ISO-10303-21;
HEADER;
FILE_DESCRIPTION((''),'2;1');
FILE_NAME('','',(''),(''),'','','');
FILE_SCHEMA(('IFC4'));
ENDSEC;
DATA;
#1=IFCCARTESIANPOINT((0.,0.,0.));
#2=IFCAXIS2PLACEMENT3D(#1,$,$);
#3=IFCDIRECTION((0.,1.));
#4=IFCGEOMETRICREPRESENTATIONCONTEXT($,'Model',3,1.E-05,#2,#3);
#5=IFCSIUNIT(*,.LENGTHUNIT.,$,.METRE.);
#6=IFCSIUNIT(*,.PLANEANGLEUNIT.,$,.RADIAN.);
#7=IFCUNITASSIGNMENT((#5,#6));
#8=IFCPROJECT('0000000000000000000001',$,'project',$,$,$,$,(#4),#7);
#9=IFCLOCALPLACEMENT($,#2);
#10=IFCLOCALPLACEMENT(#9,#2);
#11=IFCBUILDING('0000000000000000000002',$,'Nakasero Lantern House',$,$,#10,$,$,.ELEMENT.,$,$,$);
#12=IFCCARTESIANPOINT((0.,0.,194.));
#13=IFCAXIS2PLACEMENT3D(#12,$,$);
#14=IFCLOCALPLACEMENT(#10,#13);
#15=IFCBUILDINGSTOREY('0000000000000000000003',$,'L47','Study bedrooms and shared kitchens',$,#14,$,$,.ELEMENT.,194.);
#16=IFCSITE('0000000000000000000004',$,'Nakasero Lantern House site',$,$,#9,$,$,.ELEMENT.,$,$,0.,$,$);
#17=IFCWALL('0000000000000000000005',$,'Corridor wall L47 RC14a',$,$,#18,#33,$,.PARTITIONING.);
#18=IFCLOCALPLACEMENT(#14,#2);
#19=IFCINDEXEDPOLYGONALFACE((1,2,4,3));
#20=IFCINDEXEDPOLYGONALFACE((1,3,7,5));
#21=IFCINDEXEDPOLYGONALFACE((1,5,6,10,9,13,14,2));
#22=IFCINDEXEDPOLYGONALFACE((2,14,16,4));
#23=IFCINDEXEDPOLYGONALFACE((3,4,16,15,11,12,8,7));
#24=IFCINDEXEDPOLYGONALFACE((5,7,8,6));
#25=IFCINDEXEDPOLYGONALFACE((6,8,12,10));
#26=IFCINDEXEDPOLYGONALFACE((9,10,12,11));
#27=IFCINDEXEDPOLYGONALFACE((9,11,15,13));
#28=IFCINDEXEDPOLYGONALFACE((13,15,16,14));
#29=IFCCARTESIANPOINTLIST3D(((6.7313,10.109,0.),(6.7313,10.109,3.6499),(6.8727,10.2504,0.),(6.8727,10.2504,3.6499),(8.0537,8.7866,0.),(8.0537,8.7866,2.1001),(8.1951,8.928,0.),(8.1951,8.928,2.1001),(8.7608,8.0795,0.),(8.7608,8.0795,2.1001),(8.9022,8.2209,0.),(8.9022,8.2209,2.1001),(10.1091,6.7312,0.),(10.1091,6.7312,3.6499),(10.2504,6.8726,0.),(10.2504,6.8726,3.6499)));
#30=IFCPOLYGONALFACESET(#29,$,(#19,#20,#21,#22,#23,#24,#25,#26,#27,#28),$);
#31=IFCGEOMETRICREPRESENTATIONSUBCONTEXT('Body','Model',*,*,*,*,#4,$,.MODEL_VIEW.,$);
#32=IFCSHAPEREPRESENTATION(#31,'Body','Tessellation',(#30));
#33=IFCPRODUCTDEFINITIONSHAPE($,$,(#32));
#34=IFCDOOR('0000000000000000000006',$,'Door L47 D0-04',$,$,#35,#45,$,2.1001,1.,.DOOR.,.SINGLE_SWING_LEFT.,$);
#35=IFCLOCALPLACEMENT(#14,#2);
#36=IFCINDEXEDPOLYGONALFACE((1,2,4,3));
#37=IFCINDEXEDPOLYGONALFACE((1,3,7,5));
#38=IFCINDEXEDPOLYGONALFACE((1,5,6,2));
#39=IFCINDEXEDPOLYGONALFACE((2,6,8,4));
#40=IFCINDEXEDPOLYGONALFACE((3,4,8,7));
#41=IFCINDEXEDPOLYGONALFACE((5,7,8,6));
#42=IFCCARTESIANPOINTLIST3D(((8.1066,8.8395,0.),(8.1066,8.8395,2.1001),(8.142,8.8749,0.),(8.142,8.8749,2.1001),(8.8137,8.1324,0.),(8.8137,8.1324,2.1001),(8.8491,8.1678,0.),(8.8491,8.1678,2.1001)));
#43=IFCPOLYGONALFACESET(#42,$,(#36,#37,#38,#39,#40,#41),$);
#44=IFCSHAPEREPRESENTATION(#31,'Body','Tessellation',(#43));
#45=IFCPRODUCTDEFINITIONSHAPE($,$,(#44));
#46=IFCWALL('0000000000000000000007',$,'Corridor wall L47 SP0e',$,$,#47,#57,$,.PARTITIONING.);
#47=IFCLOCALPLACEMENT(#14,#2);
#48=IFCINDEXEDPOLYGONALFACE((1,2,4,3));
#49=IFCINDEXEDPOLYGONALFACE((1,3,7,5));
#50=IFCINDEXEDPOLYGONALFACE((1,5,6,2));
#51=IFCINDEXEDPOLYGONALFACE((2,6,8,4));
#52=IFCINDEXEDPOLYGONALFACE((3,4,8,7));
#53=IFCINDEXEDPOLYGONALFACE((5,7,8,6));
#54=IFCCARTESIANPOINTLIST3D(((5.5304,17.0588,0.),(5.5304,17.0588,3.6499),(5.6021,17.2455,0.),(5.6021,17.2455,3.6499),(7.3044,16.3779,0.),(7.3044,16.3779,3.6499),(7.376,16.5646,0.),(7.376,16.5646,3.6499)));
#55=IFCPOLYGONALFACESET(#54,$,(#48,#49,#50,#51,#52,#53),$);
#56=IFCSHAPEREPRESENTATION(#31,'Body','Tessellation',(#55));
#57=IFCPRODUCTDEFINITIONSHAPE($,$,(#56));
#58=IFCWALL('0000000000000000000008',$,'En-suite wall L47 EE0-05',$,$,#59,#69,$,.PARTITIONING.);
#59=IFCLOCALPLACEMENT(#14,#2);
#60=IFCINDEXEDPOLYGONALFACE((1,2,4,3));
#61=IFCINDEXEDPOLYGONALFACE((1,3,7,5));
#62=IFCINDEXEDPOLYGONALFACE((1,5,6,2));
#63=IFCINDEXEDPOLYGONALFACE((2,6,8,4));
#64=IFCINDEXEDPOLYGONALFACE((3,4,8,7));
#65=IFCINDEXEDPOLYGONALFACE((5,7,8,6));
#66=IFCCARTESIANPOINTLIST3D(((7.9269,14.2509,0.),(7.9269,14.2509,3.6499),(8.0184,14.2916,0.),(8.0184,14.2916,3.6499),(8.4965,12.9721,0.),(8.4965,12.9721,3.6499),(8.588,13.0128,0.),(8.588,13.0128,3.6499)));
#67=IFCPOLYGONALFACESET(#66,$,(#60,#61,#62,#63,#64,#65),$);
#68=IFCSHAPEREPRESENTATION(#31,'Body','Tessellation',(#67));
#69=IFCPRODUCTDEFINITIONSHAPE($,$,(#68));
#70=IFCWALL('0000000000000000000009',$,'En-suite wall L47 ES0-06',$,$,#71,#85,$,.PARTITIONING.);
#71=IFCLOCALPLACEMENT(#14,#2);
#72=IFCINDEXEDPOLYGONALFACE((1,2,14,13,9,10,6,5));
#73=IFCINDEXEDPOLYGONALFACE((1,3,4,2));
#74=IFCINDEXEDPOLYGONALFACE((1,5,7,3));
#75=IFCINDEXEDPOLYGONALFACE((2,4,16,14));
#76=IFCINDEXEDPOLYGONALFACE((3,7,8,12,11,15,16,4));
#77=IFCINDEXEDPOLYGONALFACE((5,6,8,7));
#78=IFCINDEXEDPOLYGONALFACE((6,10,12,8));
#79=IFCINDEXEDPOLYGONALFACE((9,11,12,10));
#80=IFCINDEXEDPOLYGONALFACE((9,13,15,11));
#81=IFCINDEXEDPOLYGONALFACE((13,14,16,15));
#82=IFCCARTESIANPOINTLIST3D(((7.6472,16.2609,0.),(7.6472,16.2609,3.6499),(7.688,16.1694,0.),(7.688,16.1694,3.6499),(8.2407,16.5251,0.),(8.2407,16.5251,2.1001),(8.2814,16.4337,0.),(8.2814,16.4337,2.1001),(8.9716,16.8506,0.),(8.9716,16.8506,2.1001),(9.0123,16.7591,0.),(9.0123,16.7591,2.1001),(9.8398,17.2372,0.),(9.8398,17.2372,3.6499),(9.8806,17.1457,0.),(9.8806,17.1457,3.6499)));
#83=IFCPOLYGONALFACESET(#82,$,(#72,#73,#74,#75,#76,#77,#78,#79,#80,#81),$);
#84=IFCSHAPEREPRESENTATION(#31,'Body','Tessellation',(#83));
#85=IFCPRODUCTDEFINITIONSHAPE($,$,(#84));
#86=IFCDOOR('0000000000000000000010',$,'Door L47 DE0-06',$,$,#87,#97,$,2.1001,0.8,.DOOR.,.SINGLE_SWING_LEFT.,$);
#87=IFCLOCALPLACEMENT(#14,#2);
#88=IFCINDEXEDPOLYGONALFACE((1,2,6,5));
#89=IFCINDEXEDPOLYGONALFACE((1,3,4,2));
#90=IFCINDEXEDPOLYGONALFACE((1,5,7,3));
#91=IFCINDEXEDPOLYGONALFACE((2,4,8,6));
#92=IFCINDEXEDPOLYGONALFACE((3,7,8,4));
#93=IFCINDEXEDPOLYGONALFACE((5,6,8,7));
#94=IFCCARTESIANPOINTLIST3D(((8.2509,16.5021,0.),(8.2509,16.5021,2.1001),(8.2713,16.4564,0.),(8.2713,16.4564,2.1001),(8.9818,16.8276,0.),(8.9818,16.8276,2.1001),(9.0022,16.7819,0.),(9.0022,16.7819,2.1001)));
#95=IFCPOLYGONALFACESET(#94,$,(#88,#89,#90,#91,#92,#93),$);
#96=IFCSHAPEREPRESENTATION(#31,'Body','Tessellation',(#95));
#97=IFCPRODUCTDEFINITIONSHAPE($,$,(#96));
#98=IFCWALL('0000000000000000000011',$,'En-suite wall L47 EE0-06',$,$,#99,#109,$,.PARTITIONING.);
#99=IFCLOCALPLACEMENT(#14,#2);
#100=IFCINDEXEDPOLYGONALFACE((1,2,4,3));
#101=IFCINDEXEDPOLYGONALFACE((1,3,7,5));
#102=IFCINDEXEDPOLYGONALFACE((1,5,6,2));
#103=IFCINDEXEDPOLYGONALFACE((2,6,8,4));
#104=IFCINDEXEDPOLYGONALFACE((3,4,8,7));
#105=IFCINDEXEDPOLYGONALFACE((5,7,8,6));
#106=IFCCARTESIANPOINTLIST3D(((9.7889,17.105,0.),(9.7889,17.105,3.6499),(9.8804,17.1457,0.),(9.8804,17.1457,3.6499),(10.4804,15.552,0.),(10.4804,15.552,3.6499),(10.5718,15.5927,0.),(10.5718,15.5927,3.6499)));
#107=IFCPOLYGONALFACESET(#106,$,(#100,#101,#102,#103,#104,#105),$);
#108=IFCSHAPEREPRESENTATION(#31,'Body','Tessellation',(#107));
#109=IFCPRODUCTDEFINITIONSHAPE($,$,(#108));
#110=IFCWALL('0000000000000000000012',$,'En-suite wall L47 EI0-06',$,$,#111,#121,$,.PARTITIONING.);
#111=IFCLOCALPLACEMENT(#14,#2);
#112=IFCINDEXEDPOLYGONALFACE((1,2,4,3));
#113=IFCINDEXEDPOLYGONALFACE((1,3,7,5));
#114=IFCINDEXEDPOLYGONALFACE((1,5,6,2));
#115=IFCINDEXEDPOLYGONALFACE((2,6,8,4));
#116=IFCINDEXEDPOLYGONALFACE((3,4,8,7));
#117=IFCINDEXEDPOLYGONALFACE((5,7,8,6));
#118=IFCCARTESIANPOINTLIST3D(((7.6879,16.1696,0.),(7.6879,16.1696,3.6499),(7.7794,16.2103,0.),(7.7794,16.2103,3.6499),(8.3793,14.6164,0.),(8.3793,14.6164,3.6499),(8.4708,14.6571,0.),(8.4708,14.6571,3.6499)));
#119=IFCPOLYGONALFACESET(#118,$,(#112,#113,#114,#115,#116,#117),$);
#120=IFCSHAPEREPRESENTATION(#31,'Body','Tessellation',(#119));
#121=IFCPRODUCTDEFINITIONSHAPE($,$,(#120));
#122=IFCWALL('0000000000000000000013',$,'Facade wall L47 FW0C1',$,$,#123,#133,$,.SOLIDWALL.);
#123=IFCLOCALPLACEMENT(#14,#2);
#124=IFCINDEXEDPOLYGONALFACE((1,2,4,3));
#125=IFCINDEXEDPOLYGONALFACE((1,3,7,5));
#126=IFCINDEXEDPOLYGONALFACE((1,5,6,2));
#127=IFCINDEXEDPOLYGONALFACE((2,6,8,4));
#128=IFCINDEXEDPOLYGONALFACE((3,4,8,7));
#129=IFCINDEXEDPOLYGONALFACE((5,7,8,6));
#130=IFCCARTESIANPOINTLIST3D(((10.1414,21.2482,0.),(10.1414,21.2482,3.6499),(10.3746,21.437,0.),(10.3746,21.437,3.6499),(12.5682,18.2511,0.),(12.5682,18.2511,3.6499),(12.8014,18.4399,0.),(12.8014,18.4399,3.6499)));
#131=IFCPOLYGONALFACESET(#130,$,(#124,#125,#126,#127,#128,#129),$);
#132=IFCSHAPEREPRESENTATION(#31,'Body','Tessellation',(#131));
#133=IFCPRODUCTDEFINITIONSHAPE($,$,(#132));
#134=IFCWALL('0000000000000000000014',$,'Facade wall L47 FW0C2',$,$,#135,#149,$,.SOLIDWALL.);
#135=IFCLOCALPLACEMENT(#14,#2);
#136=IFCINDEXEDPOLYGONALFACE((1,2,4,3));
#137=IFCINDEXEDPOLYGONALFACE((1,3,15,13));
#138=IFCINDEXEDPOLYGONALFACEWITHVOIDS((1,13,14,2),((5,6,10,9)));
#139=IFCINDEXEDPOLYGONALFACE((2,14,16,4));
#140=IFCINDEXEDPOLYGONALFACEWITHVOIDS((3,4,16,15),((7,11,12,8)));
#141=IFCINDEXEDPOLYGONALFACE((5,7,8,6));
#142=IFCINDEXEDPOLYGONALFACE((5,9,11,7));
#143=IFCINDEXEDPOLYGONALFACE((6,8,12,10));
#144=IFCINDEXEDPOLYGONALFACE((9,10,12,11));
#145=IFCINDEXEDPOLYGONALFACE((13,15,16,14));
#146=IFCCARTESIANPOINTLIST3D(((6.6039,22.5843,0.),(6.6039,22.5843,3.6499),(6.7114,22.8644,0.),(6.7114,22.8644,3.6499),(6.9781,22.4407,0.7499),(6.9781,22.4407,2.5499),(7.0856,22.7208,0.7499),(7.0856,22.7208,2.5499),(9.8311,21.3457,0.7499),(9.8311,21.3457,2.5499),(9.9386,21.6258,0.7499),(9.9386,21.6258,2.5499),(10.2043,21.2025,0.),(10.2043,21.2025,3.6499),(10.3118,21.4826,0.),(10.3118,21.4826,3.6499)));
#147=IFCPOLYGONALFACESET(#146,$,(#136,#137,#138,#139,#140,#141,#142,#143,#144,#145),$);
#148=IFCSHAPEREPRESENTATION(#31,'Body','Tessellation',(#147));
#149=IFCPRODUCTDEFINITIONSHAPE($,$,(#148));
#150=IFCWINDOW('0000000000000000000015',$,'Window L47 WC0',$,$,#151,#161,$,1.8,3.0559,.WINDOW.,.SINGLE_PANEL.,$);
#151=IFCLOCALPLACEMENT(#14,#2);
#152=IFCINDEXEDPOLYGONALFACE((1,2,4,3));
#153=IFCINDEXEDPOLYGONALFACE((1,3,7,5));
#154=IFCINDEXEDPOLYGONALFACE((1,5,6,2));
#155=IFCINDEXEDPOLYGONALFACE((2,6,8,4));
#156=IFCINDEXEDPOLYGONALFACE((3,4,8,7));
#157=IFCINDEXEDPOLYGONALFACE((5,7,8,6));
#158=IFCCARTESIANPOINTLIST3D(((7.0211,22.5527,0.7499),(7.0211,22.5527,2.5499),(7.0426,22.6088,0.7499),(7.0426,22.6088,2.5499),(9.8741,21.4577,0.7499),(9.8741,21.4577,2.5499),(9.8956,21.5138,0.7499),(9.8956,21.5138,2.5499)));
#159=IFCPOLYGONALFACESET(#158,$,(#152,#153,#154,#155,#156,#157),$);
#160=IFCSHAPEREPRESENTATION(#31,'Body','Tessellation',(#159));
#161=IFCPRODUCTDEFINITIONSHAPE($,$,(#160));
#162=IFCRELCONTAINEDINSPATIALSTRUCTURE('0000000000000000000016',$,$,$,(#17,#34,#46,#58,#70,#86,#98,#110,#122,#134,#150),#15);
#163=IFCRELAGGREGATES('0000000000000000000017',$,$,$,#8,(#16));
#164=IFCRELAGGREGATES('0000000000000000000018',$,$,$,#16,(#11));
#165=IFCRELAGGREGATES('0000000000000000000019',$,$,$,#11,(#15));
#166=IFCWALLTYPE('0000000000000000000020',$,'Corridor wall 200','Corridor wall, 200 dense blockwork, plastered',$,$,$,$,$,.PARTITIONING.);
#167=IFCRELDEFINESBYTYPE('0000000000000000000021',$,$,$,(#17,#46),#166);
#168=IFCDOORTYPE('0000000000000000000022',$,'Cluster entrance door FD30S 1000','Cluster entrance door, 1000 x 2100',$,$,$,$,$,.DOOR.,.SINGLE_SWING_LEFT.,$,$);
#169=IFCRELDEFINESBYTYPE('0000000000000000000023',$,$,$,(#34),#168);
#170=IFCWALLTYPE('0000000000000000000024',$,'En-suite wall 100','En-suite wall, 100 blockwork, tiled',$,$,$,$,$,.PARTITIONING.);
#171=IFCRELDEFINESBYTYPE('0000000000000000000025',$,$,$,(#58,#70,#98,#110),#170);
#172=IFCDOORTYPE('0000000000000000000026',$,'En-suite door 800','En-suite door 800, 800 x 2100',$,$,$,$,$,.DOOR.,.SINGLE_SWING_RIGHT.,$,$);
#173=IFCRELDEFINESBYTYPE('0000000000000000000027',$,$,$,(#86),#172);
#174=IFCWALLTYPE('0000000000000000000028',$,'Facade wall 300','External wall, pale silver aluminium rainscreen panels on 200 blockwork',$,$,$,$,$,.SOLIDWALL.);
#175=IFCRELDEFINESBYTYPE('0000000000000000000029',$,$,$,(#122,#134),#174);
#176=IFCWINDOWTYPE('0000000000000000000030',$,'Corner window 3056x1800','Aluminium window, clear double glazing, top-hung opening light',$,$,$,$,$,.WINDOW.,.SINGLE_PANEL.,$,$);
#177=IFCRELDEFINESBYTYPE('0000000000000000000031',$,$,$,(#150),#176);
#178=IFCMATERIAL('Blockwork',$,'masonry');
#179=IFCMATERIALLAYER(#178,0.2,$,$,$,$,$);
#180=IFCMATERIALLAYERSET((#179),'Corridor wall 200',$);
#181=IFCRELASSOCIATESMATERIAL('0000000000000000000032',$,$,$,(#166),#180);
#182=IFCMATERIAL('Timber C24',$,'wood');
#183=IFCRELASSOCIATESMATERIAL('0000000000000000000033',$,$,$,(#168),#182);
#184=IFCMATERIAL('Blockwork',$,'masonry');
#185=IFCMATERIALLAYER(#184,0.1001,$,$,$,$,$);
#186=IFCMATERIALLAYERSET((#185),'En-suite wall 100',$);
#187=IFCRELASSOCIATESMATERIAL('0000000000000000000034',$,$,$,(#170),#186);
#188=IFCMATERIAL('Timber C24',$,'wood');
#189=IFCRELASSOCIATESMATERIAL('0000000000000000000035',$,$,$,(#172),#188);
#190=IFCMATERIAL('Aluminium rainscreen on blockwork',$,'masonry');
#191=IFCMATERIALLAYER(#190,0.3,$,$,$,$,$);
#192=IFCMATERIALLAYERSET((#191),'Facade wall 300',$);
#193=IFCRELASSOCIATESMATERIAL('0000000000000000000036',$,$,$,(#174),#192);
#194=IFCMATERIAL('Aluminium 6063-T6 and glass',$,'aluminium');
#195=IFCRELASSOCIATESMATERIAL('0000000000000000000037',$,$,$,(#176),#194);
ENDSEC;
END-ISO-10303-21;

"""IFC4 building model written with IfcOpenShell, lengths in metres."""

from ifc_helpers import new_model, si_unit, direction, frame, frame_2d, origin, place, context, subcontext, project, spatial, rectangle, extrude, material, layer, layer_set, type_object, element, fill, save


model = new_model("IFC4")

# Units and contexts
model_context = context("Model", 3, precision=1e-05, world=origin(), true_north=direction((0.0, 1.0)))
body_context = subcontext(model_context, "Body", "Model", "MODEL_VIEW")
ifc_project = project(units=[si_unit("LENGTHUNIT", "METRE"), si_unit("PLANEANGLEUNIT", "RADIAN")], contexts=[model_context])

# Site, building, storey
site_placement = place(None, origin())
site = spatial("IfcSite", under=ifc_project, at=site_placement, Name="Nakasero Lantern House site", CompositionType="ELEMENT", RefElevation=0.0)
building_placement = place(site_placement, origin())
building = spatial("IfcBuilding", under=site, at=building_placement, Name="Nakasero Lantern House", CompositionType="ELEMENT")
storey_placement = place(building_placement, frame((0.0, 0.0, 194.0)))
storey = spatial("IfcBuildingStorey", under=building, at=storey_placement, Name="L47", Description="Study bedrooms and shared kitchens", CompositionType="ELEMENT", Elevation=194.0)

# Wall, opening, door
ifc_material_1 = material(Name="Blockwork", Category="masonry")
ifc_layer_1 = layer(ifc_material_1, 0.2)
ifc_layer_set_1 = layer_set([ifc_layer_1], Name="Corridor wall 200")
wall_type_1 = type_object("IfcWallType", Name="Corridor wall 200", Description="Corridor wall, 200 dense blockwork, plastered", PredefinedType="PARTITIONING", material=ifc_layer_set_1)
wall_1_placement = place(storey_placement, frame((6.802, 10.1797, 0.0), z_axis=(0.0, 0.0, 1.0), x_axis=(0.707107, -0.707107, 0.0)))
wall_1 = element("IfcWall", 1, at=wall_1_placement, inside=storey, type_object=wall_type_1, Name="Corridor wall L47 RC14a", PredefinedType="PARTITIONING", context=body_context, shape_type="SweptSolid", body=[
    extrude(rectangle(XDim=4.7769, YDim=0.2, at=frame_2d((2.3884, 0.0))), origin(), (0.0, 0.0, 1.0), 3.6499),
])
opening_1_placement = place(wall_1_placement, frame((1.8701, 0.0, 0.0)))
opening_1 = element("IfcOpeningElement", 2, at=opening_1_placement, cuts=wall_1, PredefinedType="OPENING", context=body_context, shape_type="SweptSolid", body=[
    extrude(rectangle(XDim=1.0, YDim=2.1001, at=frame_2d((0.5, 1.05))), frame((0.0, 0.1199, 0.0), z_axis=(0.0, -1.0, 0.0), x_axis=(1.0, 0.0, 0.0)), (0.0, 0.0, 1.0), 0.24),
])
ifc_material_2 = material(Name="Timber C24", Category="wood")
door_type_1 = type_object("IfcDoorType", Name="Cluster entrance door FD30S 1000", Description="Cluster entrance door, 1000 x 2100", OperationType="SINGLE_SWING_LEFT", PredefinedType="DOOR", material=ifc_material_2)
door_1_placement = place(opening_1_placement, origin())
door_1 = element("IfcDoor", 3, at=door_1_placement, inside=storey, type_object=door_type_1, Name="Door L47 D0-04", OperationType="SINGLE_SWING_LEFT", OverallHeight=2.1001, OverallWidth=1.0, PredefinedType="DOOR", context=body_context, shape_type="SweptSolid", body=[
    extrude(rectangle(XDim=1.0, YDim=2.1001, at=frame_2d((0.5, 1.05))), frame((0.0, 0.0249, 0.0), z_axis=(0.0, -1.0, 0.0), x_axis=(1.0, 0.0, 0.0)), (0.0, 0.0, 1.0), 0.05),
])
fill(opening_1, door_1)

# Walls
wall_2_placement = place(storey_placement, frame((7.3403, 16.4712, 0.0), z_axis=(0.0, 0.0, 1.0), x_axis=(-0.933587, 0.35835, 0.0)))
element("IfcWall", 4, at=wall_2_placement, inside=storey, type_object=wall_type_1, Name="Corridor wall L47 SP0e", PredefinedType="PARTITIONING", context=body_context, shape_type="SweptSolid", body=[
    extrude(rectangle(XDim=1.9001, YDim=0.2, at=frame_2d((0.9502, 0.0))), origin(), (0.0, 0.0, 1.0), 3.6499),
])
ifc_material_3 = material(Name="Blockwork", Category="masonry")
ifc_layer_2 = layer(ifc_material_3, 0.1001)
ifc_layer_set_2 = layer_set([ifc_layer_2], Name="En-suite wall 100")
wall_type_2 = type_object("IfcWallType", Name="En-suite wall 100", Description="En-suite wall, 100 blockwork, tiled", PredefinedType="PARTITIONING", material=ifc_layer_set_2)
wall_3_placement = place(storey_placement, frame((8.5422, 12.9924, 0.0), z_axis=(0.0, 0.0, 1.0), x_axis=(-0.406866, 0.913488, 0.0)))
element("IfcWall", 5, at=wall_3_placement, inside=storey, type_object=wall_type_2, Name="En-suite wall L47 EE0-05", PredefinedType="PARTITIONING", context=body_context, shape_type="SweptSolid", body=[
    extrude(rectangle(XDim=1.3999, YDim=0.1001, at=frame_2d((0.7, 0.0))), origin(), (0.0, 0.0, 1.0), 3.6499),
])

# Wall, opening, door
wall_4_placement = place(storey_placement, frame((7.6675, 16.2151, 0.0), z_axis=(0.0, 0.0, 1.0), x_axis=(0.91353, 0.406771, 0.0)))
wall_4 = element("IfcWall", 6, at=wall_4_placement, inside=storey, type_object=wall_type_2, Name="En-suite wall L47 ES0-06", PredefinedType="PARTITIONING", context=body_context, shape_type="SweptSolid", body=[
    extrude(rectangle(XDim=2.4001, YDim=0.1001, at=frame_2d((1.2002, 0.0))), origin(), (0.0, 0.0, 1.0), 3.6499),
])
opening_2_placement = place(wall_4_placement, frame((0.6499, 0.0, 0.0)))
opening_2 = element("IfcOpeningElement", 7, at=opening_2_placement, cuts=wall_4, PredefinedType="OPENING", context=body_context, shape_type="SweptSolid", body=[
    extrude(rectangle(XDim=0.8, YDim=2.1001, at=frame_2d((0.3999, 1.05))), frame((0.0, 0.0701, 0.0), z_axis=(0.0, -1.0, 0.0), x_axis=(1.0, 0.0, 0.0)), (0.0, 0.0, 1.0), 0.1401),
])
ifc_material_4 = material(Name="Timber C24", Category="wood")
door_type_2 = type_object("IfcDoorType", Name="En-suite door 800", Description="En-suite door 800, 800 x 2100", OperationType="SINGLE_SWING_RIGHT", PredefinedType="DOOR", material=ifc_material_4)
door_2_placement = place(opening_2_placement, origin())
door_2 = element("IfcDoor", 8, at=door_2_placement, inside=storey, type_object=door_type_2, Name="Door L47 DE0-06", OperationType="SINGLE_SWING_LEFT", OverallHeight=2.1001, OverallWidth=0.8, PredefinedType="DOOR", context=body_context, shape_type="SweptSolid", body=[
    extrude(rectangle(XDim=0.8, YDim=2.1001, at=frame_2d((0.3999, 1.05))), frame((0.0, 0.0249, 0.0), z_axis=(0.0, -1.0, 0.0), x_axis=(1.0, 0.0, 0.0)), (0.0, 0.0, 1.0), 0.05),
])
fill(opening_2, door_2)

# Walls
wall_5_placement = place(storey_placement, frame((10.5261, 15.5723, 0.0), z_axis=(0.0, 0.0, 1.0), x_axis=(-0.406725, 0.913551, 0.0)))
element("IfcWall", 9, at=wall_5_placement, inside=storey, type_object=wall_type_2, Name="En-suite wall L47 EE0-06", PredefinedType="PARTITIONING", context=body_context, shape_type="SweptSolid", body=[
    extrude(rectangle(XDim=1.7, YDim=0.1001, at=frame_2d((0.8501, 0.0))), origin(), (0.0, 0.0, 1.0), 3.6499),
])
wall_6_placement = place(storey_placement, frame((8.425, 14.6367, 0.0), z_axis=(0.0, 0.0, 1.0), x_axis=(-0.406671, 0.913575, 0.0)))
element("IfcWall", 10, at=wall_6_placement, inside=storey, type_object=wall_type_2, Name="En-suite wall L47 EI0-06", PredefinedType="PARTITIONING", context=body_context, shape_type="SweptSolid", body=[
    extrude(rectangle(XDim=1.7002, YDim=0.1001, at=frame_2d((0.8501, 0.0))), origin(), (0.0, 0.0, 1.0), 3.6499),
])
ifc_material_5 = material(Name="Aluminium rainscreen on blockwork", Category="masonry")
ifc_layer_3 = layer(ifc_material_5, 0.3)
ifc_layer_set_3 = layer_set([ifc_layer_3], Name="Facade wall 300")
wall_type_3 = type_object("IfcWallType", Name="Facade wall 300", Description="External wall, pale silver aluminium rainscreen panels on 200 blockwork", PredefinedType="SOLIDWALL", material=ifc_layer_set_3)
wall_7_placement = place(storey_placement, frame((12.6848, 18.3455, 0.0), z_axis=(0.0, 0.0, 1.0), x_axis=(-0.629286, 0.777174, 0.0)))
element("IfcWall", 11, at=wall_7_placement, inside=storey, type_object=wall_type_3, Name="Facade wall L47 FW0C1", PredefinedType="SOLIDWALL", context=body_context, shape_type="SweptSolid", body=[
    extrude(rectangle(XDim=3.8564, YDim=0.3, at=frame_2d((1.9282, 0.0))), origin(), (0.0, 0.0, 1.0), 3.6499),
])

# Wall, opening, window
wall_8_placement = place(storey_placement, frame((10.2581, 21.3425, 0.0), z_axis=(0.0, 0.0, 1.0), x_axis=(-0.933598, 0.358321, 0.0)))
wall_8 = element("IfcWall", 12, at=wall_8_placement, inside=storey, type_object=wall_type_3, Name="Facade wall L47 FW0C2", PredefinedType="SOLIDWALL", context=body_context, shape_type="SweptSolid", body=[
    extrude(rectangle(XDim=3.8564, YDim=0.3, at=frame_2d((1.9282, 0.0))), origin(), (0.0, 0.0, 1.0), 3.6499),
])
opening_3_placement = place(wall_8_placement, frame((0.3999, 0.0, 0.75)))
opening_3 = element("IfcOpeningElement", 13, at=opening_3_placement, cuts=wall_8, PredefinedType="OPENING", context=body_context, shape_type="SweptSolid", body=[
    extrude(rectangle(XDim=3.0559, YDim=1.8, at=frame_2d((1.5278, 0.8999))), frame((0.0, 0.1699, 0.0), z_axis=(0.0, -1.0, 0.0), x_axis=(1.0, 0.0, 0.0)), (0.0, 0.0, 1.0), 0.3401),
])
ifc_material_6 = material(Name="Aluminium 6063-T6 and glass", Category="aluminium")
window_type = type_object("IfcWindowType", Name="Corner window 3056x1800", Description="Aluminium window, clear double glazing, top-hung opening light", PartitioningType="SINGLE_PANEL", PredefinedType="WINDOW", material=ifc_material_6)
window_placement = place(opening_3_placement, origin())
window = element("IfcWindow", 14, at=window_placement, inside=storey, type_object=window_type, Name="Window L47 WC0", OverallHeight=1.8, OverallWidth=3.0559, PartitioningType="SINGLE_PANEL", PredefinedType="WINDOW", context=body_context, shape_type="SweptSolid", body=[
    extrude(rectangle(XDim=3.0559, YDim=1.8, at=frame_2d((1.5278, 0.8999))), frame((0.0, 0.03, 0.0), z_axis=(0.0, -1.0, 0.0), x_axis=(1.0, 0.0, 0.0)), (0.0, 0.0, 1.0), 0.0601),
])
fill(opening_3, window)

save(model, "model.ifc")
